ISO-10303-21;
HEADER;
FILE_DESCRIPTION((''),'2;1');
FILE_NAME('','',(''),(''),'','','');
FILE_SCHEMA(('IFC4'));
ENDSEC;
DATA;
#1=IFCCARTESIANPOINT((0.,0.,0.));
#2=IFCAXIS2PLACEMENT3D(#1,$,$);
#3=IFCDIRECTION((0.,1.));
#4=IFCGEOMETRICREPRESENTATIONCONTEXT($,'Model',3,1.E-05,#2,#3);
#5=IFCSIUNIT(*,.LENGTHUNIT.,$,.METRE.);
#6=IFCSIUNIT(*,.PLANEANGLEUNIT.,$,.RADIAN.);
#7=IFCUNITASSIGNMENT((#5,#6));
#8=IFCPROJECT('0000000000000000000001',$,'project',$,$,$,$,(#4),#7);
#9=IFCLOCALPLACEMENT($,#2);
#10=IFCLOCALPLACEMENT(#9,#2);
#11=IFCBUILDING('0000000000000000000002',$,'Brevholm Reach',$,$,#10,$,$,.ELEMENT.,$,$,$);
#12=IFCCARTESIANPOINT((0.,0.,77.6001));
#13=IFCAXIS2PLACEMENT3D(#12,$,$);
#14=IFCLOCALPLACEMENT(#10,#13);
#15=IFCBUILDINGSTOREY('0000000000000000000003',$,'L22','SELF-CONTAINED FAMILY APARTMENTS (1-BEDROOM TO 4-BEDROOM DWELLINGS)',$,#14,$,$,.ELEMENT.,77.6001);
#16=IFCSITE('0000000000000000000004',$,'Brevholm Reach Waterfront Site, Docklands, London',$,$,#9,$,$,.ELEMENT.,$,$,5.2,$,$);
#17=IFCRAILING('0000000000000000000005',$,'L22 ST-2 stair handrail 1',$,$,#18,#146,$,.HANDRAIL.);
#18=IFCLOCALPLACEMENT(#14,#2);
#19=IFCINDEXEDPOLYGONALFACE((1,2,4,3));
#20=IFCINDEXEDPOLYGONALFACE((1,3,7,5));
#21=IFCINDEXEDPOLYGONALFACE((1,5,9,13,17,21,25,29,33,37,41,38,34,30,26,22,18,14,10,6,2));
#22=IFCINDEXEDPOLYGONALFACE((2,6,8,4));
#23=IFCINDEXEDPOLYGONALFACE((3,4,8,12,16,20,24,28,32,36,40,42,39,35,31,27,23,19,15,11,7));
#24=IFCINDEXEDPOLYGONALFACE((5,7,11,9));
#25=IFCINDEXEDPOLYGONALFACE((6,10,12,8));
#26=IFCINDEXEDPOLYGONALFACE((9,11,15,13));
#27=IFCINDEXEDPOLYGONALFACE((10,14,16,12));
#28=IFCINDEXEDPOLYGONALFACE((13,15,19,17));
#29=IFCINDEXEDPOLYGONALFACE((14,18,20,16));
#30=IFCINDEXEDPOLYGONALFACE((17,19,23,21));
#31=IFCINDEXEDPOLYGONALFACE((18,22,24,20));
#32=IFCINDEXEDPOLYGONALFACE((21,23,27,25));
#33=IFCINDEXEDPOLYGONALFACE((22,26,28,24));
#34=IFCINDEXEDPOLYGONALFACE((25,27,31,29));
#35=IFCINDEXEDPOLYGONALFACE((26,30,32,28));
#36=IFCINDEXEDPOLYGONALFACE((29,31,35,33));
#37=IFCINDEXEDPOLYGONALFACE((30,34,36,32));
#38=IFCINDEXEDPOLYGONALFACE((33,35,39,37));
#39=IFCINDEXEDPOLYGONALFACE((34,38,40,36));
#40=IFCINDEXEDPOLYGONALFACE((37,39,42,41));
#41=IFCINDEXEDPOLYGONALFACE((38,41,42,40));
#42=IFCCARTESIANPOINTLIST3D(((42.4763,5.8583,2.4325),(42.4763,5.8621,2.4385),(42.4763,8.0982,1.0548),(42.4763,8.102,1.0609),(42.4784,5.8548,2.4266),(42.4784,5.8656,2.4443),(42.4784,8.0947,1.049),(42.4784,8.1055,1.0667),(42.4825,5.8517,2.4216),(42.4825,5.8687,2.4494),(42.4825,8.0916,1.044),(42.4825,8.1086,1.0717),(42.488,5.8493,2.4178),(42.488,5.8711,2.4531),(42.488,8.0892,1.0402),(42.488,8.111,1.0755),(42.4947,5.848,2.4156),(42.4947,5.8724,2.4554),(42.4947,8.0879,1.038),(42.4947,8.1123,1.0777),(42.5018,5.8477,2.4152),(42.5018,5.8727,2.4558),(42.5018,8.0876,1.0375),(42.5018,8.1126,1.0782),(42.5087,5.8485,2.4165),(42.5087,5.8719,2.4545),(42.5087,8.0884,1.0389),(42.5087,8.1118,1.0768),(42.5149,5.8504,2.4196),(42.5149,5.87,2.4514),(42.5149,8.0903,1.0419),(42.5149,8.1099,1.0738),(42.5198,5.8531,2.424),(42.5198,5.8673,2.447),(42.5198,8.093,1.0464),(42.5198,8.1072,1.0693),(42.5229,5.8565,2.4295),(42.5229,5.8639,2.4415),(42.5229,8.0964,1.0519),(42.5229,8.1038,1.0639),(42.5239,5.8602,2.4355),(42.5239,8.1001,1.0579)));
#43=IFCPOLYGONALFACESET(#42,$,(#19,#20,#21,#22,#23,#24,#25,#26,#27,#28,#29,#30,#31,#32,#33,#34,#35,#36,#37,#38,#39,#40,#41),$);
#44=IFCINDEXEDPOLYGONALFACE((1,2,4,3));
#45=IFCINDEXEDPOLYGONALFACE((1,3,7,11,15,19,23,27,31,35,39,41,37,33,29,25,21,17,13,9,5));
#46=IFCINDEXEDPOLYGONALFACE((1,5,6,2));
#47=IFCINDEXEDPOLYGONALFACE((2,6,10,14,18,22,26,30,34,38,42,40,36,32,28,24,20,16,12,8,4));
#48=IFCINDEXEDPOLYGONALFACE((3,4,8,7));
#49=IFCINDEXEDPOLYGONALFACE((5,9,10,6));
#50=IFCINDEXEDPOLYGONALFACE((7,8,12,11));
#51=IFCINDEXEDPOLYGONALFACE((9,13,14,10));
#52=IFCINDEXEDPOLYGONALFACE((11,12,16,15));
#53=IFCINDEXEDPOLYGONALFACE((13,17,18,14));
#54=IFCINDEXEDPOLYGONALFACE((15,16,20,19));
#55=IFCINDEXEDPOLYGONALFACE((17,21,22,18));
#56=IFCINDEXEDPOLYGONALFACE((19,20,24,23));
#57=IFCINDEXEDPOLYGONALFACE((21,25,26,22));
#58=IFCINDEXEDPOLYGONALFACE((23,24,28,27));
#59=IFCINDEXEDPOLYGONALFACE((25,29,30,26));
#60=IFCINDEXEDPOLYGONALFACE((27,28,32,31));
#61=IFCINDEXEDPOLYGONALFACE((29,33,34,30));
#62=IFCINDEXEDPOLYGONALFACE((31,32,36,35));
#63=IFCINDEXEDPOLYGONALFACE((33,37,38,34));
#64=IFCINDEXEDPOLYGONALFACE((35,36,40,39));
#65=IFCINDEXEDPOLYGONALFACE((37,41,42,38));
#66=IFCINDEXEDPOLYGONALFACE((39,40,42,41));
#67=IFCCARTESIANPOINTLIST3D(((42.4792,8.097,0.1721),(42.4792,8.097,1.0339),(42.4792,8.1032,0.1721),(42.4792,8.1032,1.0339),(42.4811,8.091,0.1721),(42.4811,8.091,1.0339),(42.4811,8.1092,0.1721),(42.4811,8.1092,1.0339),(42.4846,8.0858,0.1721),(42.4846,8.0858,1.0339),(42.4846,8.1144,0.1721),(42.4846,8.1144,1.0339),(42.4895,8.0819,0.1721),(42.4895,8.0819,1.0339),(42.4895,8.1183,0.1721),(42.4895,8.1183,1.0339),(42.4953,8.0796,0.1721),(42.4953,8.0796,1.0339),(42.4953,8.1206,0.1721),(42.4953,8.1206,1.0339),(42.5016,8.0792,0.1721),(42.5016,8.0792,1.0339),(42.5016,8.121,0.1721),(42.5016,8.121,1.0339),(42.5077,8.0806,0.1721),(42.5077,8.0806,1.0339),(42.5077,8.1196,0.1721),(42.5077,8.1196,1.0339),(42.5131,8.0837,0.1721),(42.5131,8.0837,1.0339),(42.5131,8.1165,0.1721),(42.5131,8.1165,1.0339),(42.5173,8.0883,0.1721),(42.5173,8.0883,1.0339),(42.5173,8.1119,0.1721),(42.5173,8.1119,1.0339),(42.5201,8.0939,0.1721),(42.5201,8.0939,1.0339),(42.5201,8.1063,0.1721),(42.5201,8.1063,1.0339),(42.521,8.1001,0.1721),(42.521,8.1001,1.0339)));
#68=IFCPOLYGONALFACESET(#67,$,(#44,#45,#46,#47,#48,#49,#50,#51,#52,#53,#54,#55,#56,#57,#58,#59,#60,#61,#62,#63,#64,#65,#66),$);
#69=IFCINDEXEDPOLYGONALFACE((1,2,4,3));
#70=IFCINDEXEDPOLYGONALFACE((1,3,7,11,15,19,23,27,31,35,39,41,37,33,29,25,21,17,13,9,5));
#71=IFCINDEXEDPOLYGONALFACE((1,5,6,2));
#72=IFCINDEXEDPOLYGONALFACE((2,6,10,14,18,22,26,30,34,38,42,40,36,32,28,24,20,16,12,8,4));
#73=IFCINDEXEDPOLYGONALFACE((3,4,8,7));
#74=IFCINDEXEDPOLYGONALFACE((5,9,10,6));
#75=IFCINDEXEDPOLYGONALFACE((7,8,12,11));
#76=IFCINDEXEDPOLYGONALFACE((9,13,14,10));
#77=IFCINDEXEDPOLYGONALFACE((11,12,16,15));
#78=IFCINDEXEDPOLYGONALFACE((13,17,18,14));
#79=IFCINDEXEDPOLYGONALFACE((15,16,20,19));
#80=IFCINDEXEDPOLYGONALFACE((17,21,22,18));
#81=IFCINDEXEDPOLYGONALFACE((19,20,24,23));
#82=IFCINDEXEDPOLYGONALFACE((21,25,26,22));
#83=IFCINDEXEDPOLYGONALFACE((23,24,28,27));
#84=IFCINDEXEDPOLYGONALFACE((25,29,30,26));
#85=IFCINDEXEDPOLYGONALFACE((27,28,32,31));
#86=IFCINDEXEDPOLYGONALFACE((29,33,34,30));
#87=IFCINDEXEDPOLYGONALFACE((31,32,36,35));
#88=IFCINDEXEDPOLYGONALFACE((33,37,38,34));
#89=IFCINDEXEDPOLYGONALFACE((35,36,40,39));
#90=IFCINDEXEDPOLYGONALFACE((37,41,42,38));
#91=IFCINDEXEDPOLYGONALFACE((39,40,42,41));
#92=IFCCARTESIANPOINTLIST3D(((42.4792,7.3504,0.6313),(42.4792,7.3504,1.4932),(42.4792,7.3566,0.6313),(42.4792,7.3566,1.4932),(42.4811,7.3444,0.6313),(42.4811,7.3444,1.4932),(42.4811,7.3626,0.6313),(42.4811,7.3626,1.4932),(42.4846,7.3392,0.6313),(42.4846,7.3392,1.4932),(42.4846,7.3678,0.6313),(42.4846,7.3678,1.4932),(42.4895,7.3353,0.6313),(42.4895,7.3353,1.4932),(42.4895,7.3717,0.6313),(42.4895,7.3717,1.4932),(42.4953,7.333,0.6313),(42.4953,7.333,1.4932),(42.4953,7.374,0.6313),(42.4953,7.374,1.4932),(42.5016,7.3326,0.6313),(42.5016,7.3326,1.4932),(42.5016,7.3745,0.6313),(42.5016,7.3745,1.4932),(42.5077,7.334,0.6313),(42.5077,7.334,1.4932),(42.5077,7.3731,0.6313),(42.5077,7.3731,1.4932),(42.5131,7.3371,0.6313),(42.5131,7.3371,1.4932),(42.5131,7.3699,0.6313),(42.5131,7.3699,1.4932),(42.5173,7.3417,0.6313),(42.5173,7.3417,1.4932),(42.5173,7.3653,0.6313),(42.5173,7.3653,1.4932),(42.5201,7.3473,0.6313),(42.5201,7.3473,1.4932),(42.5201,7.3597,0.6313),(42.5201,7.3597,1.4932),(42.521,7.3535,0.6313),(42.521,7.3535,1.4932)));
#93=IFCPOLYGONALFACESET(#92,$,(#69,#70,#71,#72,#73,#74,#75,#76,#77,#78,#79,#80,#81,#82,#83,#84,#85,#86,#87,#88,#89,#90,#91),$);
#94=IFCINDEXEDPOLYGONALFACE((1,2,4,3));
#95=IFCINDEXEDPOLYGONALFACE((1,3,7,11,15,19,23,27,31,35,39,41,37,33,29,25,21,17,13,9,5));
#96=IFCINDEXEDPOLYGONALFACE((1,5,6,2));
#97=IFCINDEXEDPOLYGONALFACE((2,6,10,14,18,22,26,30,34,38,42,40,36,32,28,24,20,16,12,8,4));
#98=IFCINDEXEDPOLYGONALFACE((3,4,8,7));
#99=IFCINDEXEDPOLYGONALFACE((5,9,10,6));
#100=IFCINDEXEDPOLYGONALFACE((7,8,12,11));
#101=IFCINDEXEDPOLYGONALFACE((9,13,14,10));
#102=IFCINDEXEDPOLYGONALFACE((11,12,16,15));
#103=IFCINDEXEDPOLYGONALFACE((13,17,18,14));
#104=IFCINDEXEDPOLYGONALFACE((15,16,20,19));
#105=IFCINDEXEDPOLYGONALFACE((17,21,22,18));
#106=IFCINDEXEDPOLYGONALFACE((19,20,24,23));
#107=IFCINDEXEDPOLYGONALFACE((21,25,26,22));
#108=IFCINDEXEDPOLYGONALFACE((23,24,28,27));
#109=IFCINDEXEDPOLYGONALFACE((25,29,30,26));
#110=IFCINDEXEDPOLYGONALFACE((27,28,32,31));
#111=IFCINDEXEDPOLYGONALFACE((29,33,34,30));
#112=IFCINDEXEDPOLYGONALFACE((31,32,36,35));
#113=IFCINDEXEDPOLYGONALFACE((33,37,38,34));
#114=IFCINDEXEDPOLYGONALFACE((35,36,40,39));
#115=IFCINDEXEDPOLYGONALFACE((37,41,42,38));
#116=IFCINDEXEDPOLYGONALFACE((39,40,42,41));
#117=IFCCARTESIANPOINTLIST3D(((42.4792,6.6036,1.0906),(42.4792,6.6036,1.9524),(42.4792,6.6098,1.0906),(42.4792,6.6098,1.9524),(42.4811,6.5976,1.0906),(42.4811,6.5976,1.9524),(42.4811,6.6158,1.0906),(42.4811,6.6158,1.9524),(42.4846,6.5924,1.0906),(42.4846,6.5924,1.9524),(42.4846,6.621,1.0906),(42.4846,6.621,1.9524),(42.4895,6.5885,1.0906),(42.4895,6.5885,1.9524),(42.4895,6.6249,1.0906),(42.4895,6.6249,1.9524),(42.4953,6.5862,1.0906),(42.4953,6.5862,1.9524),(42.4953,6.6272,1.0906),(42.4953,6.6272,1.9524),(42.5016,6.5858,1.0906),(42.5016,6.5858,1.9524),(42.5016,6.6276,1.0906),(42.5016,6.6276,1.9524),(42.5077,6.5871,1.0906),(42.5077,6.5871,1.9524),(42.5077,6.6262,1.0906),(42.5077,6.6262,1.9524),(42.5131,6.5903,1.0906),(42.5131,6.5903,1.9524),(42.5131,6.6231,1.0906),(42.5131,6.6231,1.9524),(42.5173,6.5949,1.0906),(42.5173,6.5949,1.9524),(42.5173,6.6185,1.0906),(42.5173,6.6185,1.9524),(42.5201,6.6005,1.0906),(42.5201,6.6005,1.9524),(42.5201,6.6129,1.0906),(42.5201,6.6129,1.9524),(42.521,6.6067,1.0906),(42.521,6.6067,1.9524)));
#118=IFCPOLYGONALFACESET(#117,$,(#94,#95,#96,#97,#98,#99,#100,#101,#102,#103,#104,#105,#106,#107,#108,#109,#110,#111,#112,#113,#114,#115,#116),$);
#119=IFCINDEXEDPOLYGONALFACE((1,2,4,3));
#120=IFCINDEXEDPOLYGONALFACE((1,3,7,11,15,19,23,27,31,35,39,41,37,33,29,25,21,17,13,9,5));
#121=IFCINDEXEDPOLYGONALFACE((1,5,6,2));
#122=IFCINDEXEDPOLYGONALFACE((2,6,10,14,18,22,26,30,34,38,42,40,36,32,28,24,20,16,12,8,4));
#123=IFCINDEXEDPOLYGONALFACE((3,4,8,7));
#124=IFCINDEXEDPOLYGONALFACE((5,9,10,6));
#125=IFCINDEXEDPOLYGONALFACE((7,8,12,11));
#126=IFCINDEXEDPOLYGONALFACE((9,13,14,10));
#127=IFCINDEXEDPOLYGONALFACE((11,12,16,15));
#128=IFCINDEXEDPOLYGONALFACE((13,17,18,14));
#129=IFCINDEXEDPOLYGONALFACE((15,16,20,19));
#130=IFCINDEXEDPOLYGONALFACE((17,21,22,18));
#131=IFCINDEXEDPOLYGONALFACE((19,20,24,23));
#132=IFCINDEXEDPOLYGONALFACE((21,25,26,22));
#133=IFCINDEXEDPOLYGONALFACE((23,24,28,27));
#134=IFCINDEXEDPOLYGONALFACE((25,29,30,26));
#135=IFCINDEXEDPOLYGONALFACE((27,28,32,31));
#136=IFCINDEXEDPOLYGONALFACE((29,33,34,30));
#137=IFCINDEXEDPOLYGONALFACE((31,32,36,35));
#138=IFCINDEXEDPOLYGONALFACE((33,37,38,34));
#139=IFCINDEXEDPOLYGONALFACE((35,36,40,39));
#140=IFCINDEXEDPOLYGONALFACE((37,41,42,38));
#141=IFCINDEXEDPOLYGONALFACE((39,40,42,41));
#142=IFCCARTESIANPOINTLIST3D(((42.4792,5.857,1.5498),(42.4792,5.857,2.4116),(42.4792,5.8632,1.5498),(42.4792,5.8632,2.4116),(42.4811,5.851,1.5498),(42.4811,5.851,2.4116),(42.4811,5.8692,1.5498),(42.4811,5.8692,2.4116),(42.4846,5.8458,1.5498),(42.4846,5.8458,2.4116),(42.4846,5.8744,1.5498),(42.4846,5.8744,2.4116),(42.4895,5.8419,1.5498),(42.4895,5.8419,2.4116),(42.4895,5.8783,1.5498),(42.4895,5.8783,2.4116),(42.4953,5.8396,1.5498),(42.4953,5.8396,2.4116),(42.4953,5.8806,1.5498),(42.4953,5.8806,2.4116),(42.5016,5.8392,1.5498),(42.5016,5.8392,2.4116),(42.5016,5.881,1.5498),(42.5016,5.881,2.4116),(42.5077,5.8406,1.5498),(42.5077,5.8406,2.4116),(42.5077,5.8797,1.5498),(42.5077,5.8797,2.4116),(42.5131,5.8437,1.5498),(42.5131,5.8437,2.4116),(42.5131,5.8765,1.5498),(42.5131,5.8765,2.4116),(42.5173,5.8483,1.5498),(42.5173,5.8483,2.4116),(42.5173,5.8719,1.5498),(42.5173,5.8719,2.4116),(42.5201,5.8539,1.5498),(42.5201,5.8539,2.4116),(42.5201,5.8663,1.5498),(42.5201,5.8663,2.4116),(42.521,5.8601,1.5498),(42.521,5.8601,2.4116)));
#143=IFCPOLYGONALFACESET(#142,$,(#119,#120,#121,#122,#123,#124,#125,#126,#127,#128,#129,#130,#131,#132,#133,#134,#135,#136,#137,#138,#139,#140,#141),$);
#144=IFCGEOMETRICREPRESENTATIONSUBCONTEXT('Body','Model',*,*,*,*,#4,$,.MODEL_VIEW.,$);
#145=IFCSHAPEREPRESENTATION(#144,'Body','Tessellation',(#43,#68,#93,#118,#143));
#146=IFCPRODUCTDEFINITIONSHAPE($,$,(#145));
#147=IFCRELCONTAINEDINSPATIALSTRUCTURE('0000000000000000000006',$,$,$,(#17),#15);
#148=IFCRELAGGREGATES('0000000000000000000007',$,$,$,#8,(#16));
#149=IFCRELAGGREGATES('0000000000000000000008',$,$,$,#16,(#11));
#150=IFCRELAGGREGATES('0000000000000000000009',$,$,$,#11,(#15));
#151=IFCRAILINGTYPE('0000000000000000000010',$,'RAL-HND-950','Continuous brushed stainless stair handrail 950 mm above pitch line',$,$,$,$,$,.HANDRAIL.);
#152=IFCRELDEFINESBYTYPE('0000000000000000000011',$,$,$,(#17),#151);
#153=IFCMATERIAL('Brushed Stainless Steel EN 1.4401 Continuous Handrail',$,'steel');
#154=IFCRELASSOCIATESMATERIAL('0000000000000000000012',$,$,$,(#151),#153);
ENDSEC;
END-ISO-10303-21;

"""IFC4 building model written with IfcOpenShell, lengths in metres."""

from ifc_helpers import new_model, si_unit, direction, frame, origin, origin_2d, place, context, subcontext, project, spatial, circle, extrude, material, type_object, element, save


model = new_model("IFC4")

# Units and contexts
model_context = context("Model", 3, precision=1e-05, world=origin(), true_north=direction((0.0, 1.0)))
body_context = subcontext(model_context, "Body", "Model", "MODEL_VIEW")
ifc_project = project(units=[si_unit("LENGTHUNIT", "METRE"), si_unit("PLANEANGLEUNIT", "RADIAN")], contexts=[model_context])

# Site, building, storey
site_placement = place(None, origin())
site = spatial("IfcSite", under=ifc_project, at=site_placement, Name="Brevholm Reach Waterfront Site, Docklands, London", CompositionType="ELEMENT", RefElevation=5.2)
building_placement = place(site_placement, origin())
building = spatial("IfcBuilding", under=site, at=building_placement, Name="Brevholm Reach", CompositionType="ELEMENT")
storey_placement = place(building_placement, frame((0.0, 0.0, 77.6001)))
storey = spatial("IfcBuildingStorey", under=building, at=storey_placement, Name="L22", Description="SELF-CONTAINED FAMILY APARTMENTS (1-BEDROOM TO 4-BEDROOM DWELLINGS)", CompositionType="ELEMENT", Elevation=77.6001)

# Railing
ifc_material_1 = material(Name="Brushed Stainless Steel EN 1.4401 Continuous Handrail", Category="steel")
railing_type_1 = type_object("IfcRailingType", Name="RAL-HND-950", Description="Continuous brushed stainless stair handrail 950 mm above pitch line", PredefinedType="HANDRAIL", material=ifc_material_1)
railing_1_placement = place(storey_placement, frame((42.5, 8.1001, 0.1721)))
element("IfcRailing", 1, at=railing_1_placement, inside=storey, type_object=railing_type_1, Name="L22 ST-2 stair handrail 1", PredefinedType="HANDRAIL", context=body_context, shape_type="SweptSolid", body=[
    extrude(circle(Radius=0.0239, at=origin_2d()), frame((0.0, 0.0, 0.8857), z_axis=(0.0, -0.851789, 0.523885), x_axis=(1.0, 0.0, 0.0)), (0.0, 0.0, 1.0), 2.6296),
    extrude(circle(Radius=0.021, at=origin_2d()), origin(), (0.0, 0.0, 1.0), 0.8618),
    extrude(circle(Radius=0.021, at=origin_2d()), frame((0.0, -0.7466, 0.4592)), (0.0, 0.0, 1.0), 0.8618),
    extrude(circle(Radius=0.021, at=origin_2d()), frame((0.0, -1.4934, 0.9185)), (0.0, 0.0, 1.0), 0.8618),
    extrude(circle(Radius=0.021, at=origin_2d()), frame((0.0, -2.24, 1.3777)), (0.0, 0.0, 1.0), 0.8618),
])

save(model, "model.ifc")
